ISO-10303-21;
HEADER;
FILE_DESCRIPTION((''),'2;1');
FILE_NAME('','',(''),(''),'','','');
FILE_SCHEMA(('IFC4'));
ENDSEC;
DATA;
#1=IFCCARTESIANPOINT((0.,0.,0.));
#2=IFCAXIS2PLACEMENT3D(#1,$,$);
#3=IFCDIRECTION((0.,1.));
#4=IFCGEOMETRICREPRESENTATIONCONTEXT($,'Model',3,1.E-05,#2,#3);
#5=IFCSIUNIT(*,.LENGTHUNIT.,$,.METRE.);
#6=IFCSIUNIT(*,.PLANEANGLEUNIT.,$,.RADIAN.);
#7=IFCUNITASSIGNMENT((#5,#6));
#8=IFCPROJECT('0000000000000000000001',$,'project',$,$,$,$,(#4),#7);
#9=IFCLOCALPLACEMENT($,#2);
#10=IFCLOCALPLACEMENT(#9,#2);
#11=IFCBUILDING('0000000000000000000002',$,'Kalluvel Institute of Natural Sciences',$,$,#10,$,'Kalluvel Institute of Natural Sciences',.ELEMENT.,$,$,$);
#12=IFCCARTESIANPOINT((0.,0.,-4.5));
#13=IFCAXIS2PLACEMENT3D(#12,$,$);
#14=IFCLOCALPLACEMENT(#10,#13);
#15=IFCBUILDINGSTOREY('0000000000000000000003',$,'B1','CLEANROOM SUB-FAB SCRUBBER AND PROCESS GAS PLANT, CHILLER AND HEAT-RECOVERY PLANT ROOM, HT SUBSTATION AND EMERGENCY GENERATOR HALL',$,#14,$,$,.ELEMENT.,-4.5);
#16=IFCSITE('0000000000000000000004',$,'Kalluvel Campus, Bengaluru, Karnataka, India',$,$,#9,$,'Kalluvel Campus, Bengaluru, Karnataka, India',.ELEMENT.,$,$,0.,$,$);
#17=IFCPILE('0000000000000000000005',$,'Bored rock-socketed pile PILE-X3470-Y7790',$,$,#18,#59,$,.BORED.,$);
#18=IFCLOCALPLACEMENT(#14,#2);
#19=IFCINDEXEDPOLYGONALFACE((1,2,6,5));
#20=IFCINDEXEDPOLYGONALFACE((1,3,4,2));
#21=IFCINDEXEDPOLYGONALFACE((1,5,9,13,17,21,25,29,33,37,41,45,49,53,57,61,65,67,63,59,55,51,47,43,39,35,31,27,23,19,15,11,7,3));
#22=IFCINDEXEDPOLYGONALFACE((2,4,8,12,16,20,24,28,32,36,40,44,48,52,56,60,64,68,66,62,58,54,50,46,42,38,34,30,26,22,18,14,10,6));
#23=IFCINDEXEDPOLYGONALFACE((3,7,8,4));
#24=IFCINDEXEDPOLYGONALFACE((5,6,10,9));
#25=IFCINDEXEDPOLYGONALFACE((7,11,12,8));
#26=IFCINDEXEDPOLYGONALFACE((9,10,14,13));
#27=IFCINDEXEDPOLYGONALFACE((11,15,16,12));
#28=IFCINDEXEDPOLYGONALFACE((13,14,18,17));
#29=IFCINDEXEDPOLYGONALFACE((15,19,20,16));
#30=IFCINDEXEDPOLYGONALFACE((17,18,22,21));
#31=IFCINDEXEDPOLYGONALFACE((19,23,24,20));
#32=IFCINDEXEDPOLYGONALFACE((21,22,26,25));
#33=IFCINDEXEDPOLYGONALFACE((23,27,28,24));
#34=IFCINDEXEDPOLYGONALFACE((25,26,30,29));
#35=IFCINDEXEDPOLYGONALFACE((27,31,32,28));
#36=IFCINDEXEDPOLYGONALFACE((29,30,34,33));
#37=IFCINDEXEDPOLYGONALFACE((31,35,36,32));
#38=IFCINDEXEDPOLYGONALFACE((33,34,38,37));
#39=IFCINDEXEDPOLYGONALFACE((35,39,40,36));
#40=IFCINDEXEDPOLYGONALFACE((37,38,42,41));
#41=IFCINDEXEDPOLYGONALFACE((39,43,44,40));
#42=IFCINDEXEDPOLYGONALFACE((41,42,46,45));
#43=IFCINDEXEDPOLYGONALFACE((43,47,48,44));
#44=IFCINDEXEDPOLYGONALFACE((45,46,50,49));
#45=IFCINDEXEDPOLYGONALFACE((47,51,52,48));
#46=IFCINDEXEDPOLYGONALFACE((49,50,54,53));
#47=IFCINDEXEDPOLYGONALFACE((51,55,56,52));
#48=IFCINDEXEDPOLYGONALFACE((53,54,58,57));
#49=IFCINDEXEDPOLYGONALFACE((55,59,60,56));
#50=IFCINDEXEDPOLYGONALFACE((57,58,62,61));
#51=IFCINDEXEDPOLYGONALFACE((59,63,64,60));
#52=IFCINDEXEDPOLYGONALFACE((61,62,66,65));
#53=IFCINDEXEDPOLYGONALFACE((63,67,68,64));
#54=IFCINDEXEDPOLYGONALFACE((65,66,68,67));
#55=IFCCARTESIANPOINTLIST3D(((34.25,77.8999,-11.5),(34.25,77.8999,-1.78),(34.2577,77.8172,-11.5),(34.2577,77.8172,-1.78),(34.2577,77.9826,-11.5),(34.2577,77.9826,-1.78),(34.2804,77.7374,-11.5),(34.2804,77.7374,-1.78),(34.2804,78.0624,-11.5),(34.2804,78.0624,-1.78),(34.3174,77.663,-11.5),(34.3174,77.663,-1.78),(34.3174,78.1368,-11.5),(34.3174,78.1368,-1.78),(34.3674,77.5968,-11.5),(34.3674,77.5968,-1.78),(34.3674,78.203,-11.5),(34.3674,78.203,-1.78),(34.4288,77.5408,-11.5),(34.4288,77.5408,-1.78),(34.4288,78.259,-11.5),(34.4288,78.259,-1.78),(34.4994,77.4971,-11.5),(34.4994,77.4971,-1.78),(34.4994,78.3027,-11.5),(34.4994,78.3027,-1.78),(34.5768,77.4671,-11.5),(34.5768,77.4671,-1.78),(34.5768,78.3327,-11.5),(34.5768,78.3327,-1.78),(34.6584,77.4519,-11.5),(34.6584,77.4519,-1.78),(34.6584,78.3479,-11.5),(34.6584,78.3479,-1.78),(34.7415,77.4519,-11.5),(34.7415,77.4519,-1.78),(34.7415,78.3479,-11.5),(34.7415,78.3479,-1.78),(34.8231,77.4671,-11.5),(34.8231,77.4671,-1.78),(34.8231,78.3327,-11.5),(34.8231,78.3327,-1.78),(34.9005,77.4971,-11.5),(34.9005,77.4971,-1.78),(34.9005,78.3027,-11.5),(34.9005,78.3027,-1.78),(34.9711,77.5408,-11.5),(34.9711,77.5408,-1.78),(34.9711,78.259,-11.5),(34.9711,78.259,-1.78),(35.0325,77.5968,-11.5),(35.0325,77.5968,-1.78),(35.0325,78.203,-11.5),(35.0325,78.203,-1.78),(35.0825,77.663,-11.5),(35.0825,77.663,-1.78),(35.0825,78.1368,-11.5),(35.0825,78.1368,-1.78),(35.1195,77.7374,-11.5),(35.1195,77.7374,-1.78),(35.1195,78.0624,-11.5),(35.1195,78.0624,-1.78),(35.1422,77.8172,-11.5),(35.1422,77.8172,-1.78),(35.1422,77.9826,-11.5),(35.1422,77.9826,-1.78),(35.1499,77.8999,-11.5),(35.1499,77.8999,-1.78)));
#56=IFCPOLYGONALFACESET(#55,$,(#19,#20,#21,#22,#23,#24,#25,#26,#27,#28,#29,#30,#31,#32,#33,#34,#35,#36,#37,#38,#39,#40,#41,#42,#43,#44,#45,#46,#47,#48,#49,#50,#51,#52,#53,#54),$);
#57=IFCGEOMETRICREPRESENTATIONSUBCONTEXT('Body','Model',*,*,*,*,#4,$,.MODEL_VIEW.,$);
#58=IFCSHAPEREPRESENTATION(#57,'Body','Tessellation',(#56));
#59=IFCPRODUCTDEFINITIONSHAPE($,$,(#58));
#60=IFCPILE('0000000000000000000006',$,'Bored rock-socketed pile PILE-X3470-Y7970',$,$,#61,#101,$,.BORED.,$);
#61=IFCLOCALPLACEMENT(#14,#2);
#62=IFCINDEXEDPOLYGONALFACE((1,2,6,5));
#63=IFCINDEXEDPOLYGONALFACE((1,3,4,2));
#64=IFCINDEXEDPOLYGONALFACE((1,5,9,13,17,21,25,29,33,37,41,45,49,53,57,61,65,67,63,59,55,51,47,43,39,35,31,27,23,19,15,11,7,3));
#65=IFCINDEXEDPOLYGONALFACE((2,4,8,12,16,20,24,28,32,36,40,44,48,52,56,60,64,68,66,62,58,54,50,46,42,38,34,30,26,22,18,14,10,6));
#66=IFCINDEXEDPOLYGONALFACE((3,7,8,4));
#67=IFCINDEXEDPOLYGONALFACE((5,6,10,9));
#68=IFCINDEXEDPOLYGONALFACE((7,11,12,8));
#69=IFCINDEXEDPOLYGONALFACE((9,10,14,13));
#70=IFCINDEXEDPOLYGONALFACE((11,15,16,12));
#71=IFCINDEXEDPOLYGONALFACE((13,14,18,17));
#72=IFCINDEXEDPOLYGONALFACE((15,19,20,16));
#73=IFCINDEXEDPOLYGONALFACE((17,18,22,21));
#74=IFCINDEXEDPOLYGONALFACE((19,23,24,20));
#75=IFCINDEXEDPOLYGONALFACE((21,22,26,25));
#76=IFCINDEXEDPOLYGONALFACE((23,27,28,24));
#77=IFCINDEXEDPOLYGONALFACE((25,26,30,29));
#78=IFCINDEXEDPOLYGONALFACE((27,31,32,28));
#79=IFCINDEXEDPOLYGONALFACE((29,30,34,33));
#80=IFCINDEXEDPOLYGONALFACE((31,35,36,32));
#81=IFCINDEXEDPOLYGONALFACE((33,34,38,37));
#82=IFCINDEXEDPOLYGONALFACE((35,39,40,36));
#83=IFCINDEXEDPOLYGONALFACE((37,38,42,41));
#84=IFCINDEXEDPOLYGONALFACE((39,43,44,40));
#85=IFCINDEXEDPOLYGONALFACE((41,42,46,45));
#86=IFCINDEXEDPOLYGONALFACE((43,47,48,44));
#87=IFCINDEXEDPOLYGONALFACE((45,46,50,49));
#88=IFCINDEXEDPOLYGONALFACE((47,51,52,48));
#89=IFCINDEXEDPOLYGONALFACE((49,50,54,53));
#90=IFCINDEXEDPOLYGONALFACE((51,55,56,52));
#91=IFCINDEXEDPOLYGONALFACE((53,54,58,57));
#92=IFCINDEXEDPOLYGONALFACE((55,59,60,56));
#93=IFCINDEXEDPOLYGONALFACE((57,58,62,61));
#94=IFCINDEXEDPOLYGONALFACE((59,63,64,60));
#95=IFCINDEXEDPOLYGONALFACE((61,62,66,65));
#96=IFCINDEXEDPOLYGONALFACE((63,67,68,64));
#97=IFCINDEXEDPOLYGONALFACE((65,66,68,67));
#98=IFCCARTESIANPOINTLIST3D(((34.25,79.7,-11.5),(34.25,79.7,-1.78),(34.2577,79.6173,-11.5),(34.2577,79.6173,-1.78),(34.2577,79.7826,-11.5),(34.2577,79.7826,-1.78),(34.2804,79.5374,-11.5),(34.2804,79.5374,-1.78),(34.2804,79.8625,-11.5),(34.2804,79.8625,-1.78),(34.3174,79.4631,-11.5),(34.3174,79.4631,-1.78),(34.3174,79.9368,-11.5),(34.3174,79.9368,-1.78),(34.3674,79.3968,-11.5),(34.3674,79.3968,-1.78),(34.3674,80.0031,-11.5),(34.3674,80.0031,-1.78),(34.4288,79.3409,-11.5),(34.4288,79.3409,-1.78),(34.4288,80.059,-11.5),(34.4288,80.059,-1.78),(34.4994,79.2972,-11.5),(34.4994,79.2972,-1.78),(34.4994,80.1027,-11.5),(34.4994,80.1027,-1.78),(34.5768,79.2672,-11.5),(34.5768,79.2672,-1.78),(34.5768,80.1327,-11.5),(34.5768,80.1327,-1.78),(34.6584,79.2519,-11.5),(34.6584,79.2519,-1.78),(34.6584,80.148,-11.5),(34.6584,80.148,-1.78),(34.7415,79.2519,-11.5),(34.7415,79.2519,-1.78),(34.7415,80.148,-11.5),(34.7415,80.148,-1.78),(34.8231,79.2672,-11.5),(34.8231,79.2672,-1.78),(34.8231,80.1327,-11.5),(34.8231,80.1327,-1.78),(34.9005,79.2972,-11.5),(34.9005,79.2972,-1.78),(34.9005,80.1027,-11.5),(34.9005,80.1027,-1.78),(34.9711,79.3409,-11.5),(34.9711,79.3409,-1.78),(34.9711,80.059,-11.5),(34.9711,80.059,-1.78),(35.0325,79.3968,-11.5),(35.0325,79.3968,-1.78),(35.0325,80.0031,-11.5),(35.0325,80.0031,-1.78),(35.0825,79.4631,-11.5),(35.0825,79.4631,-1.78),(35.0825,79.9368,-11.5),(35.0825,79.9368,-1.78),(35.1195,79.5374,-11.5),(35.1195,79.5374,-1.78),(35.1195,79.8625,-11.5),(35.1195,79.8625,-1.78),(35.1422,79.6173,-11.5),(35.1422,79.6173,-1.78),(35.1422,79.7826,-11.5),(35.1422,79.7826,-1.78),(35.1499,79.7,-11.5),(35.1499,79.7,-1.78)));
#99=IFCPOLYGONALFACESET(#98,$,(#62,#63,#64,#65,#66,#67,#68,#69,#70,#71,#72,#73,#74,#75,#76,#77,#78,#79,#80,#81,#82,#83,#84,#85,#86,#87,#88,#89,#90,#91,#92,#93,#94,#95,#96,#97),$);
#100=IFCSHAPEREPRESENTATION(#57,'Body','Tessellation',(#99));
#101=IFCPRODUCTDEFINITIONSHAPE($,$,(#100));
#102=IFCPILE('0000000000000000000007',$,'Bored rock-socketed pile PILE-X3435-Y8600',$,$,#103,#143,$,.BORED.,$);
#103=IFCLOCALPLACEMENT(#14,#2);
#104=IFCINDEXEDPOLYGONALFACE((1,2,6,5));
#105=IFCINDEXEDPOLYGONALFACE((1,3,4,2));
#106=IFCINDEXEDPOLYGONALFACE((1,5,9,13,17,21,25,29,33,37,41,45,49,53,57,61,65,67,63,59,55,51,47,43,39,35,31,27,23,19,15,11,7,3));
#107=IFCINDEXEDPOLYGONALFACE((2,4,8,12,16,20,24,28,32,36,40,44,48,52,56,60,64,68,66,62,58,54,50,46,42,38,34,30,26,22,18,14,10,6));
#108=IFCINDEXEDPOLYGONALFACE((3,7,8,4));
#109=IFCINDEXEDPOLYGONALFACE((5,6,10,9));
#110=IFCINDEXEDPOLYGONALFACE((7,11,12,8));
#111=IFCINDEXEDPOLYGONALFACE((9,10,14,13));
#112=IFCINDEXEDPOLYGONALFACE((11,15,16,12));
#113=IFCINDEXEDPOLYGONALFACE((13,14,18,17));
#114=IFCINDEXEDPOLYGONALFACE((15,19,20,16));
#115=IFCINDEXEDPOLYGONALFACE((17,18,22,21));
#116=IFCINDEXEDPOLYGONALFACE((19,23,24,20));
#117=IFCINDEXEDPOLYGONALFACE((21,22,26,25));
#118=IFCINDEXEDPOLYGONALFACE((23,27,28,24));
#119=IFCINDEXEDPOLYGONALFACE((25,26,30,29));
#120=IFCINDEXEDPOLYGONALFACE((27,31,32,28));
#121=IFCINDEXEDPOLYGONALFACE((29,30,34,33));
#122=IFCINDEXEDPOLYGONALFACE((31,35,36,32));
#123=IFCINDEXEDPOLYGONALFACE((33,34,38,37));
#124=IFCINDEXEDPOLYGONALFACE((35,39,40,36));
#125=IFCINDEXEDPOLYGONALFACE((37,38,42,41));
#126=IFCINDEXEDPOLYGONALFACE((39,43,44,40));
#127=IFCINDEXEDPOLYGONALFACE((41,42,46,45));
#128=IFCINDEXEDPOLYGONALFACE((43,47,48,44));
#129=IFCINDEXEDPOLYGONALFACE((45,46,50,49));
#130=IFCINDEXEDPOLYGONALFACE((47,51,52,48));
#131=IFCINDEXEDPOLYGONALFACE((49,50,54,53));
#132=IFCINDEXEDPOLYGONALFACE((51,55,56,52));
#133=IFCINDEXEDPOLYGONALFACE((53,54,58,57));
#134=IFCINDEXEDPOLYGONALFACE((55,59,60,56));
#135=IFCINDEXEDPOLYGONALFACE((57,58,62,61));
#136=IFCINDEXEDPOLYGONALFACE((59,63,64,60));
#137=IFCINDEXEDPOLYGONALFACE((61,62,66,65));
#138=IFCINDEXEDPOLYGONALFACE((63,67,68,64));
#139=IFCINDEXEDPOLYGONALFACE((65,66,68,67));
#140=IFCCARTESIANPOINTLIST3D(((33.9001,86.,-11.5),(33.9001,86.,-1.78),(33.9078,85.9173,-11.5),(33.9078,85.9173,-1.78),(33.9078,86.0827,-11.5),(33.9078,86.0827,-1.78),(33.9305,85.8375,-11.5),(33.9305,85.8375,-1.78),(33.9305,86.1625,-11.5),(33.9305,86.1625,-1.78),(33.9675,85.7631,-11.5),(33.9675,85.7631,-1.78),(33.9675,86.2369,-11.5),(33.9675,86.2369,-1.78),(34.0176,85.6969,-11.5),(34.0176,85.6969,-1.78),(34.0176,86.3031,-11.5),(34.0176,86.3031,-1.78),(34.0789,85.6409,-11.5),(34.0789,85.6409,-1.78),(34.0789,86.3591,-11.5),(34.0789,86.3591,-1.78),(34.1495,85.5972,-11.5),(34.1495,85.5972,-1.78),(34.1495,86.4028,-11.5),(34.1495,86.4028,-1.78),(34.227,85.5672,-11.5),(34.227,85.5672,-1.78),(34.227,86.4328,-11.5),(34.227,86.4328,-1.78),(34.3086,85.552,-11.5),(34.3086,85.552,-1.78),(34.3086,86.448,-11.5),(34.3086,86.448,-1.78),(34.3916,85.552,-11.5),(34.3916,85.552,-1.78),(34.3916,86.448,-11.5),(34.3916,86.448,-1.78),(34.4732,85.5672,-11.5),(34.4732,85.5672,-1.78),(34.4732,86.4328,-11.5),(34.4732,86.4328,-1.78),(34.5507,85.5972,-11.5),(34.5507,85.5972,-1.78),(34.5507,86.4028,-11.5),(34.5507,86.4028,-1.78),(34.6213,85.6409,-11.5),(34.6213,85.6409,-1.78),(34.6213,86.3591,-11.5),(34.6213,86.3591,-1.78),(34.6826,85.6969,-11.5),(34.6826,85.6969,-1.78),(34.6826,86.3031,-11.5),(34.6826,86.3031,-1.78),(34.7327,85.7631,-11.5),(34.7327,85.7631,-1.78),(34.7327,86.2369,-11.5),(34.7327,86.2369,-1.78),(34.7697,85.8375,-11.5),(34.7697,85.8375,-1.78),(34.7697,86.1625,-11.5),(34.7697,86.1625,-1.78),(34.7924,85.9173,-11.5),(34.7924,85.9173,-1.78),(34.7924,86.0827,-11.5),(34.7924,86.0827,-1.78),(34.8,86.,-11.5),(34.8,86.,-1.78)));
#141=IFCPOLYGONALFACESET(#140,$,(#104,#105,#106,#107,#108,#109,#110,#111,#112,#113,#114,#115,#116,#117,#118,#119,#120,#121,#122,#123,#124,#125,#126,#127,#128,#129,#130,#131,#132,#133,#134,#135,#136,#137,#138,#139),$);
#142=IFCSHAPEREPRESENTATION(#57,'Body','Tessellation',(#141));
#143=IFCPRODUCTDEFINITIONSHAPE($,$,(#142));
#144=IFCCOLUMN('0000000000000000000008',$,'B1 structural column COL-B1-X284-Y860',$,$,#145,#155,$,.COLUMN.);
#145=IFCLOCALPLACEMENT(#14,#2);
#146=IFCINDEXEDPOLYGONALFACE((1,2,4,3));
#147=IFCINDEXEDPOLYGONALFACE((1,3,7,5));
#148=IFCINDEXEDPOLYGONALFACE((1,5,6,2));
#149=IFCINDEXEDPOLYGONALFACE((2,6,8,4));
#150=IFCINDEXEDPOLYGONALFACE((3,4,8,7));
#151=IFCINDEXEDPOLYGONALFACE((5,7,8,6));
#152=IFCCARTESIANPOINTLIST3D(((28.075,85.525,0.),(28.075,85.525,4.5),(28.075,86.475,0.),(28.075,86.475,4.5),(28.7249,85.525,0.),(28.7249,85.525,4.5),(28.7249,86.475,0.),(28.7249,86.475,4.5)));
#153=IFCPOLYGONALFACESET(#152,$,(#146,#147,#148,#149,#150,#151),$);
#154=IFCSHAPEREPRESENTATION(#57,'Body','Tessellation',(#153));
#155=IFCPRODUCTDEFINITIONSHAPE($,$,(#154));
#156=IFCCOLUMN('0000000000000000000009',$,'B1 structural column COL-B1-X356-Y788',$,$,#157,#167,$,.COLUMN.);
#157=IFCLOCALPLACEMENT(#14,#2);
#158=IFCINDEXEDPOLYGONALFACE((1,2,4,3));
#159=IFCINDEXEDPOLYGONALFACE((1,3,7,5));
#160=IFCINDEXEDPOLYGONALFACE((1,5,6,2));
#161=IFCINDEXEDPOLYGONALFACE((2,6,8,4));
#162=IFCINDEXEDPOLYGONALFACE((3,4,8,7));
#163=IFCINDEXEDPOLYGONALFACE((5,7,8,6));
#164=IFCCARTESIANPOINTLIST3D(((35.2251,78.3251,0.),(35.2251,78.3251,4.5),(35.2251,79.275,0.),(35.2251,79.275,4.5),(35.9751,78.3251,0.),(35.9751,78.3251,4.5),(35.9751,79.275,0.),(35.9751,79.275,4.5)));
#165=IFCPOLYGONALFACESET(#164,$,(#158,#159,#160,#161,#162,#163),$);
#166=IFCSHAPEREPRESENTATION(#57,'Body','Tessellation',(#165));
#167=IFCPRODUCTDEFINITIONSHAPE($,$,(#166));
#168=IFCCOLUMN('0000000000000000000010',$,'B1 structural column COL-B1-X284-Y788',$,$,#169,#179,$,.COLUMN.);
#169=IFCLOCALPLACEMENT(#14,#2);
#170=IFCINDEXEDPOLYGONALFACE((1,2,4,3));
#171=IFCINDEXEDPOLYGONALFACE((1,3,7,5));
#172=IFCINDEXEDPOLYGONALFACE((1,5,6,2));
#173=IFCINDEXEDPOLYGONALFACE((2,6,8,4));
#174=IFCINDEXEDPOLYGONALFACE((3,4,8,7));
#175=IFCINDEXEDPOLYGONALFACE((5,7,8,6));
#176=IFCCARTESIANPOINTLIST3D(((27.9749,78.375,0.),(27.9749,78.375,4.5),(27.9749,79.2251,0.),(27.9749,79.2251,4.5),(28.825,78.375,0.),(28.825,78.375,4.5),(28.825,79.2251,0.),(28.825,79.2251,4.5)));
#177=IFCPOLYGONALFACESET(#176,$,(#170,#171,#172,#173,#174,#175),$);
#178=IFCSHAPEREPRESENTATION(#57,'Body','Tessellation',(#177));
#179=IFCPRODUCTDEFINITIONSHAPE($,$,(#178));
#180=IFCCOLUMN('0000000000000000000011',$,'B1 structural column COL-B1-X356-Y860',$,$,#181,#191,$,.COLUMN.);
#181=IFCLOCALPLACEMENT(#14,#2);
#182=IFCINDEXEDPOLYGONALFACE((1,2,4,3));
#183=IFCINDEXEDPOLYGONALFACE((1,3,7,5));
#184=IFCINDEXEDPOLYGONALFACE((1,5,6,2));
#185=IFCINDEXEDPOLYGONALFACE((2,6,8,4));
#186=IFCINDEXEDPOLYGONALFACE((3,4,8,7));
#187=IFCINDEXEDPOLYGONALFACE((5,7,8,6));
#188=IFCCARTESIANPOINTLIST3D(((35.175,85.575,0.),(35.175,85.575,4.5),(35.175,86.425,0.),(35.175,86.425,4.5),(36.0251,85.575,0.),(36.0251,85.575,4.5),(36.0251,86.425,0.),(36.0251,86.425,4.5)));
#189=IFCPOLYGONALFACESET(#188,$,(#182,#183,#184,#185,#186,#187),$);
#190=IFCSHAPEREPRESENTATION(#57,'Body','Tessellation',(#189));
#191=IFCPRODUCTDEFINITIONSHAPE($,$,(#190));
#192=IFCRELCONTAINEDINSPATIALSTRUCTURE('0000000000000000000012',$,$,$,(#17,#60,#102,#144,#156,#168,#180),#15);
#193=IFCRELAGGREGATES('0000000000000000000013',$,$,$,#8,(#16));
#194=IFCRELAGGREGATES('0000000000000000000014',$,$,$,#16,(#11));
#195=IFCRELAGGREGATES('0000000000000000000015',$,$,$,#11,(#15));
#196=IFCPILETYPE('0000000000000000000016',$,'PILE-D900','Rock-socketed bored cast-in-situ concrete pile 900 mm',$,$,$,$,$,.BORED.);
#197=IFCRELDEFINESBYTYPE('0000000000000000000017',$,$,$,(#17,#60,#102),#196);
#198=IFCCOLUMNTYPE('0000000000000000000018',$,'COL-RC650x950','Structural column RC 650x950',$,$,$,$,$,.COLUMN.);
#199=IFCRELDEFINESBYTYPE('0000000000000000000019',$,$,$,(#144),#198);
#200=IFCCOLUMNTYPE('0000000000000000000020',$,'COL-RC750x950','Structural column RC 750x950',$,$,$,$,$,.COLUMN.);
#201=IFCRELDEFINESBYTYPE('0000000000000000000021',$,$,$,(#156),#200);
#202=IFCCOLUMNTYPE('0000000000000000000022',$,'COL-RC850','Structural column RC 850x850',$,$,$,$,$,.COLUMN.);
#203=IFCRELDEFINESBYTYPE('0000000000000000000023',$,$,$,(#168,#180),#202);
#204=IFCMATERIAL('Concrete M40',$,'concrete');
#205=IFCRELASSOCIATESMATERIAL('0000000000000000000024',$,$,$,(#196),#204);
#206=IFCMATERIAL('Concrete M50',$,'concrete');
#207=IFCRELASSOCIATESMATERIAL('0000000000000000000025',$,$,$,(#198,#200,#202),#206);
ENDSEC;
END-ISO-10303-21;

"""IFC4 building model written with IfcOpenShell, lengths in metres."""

from ifc_helpers import new_model, si_unit, direction, frame, origin, origin_2d, place, context, subcontext, project, spatial, rectangle, circle, extrude, material, material_profile, profile_set, type_object, element, save


model = new_model("IFC4")

# Units and contexts
model_context = context("Model", 3, precision=1e-05, world=origin(), true_north=direction((0.0, 1.0)))
body_context = subcontext(model_context, "Body", "Model", "MODEL_VIEW")
ifc_project = project(units=[si_unit("LENGTHUNIT", "METRE"), si_unit("PLANEANGLEUNIT", "RADIAN")], contexts=[model_context])

# Site, building, storey
site_placement = place(None, origin())
site = spatial("IfcSite", under=ifc_project, at=site_placement, Name="Kalluvel Campus, Bengaluru, Karnataka, India", LongName="Kalluvel Campus, Bengaluru, Karnataka, India", CompositionType="ELEMENT", RefElevation=0.0)
building_placement = place(site_placement, origin())
building = spatial("IfcBuilding", under=site, at=building_placement, Name="Kalluvel Institute of Natural Sciences", LongName="Kalluvel Institute of Natural Sciences", CompositionType="ELEMENT")
storey_placement = place(building_placement, frame((0.0, 0.0, -4.5)))
storey = spatial("IfcBuildingStorey", under=building, at=storey_placement, Name="B1", Description="CLEANROOM SUB-FAB SCRUBBER AND PROCESS GAS PLANT, CHILLER AND HEAT-RECOVERY PLANT ROOM, HT SUBSTATION AND EMERGENCY GENERATOR HALL", CompositionType="ELEMENT", Elevation=-4.5)

# Shared definitions
ifc_material_1 = material(Name="Concrete M40", Category="concrete")

# Piles
ifc_material_profile_1 = material_profile(ifc_material_1, circle(Radius=0.45, at=origin_2d()), Name="PILE D900")
ifc_profile_set_1 = profile_set([ifc_material_profile_1], Name="Concrete M40")
pile_type_1 = type_object("IfcPileType", Name="PILE-D900", Description="Rock-socketed bored cast-in-situ concrete pile 900 mm", PredefinedType="BORED", material=ifc_profile_set_1)
for number, where, z_axis, x_axis, name in (
    (1, (34.7, 77.8999, -1.78), (0.0, 0.0, -1.0), (1.0, 0.0, 0.0), "Bored rock-socketed pile PILE-X3470-Y7790"),
    (2, (34.7, 79.7, -1.78), (0.0, 0.0, -1.0), (1.0, 0.0, 0.0), "Bored rock-socketed pile PILE-X3470-Y7970"),
    (3, (34.3501, 86.0, -1.78), (0.0, 0.0, -1.0), (1.0, 0.0, 0.0), "Bored rock-socketed pile PILE-X3435-Y8600"),
):
    element("IfcPile", number, at=place(storey_placement, frame(where, z_axis=z_axis, x_axis=x_axis)), inside=storey, type_object=pile_type_1, Name=name, PredefinedType="BORED", context=body_context, shape_type="SweptSolid", body=[
        extrude(circle(Radius=0.45, at=origin_2d()), origin(), (0.0, 0.0, 1.0), 9.72),
    ])

# Columns
ifc_material_2 = material(Name="Concrete M50", Category="concrete")
ifc_material_profile_2 = material_profile(ifc_material_2, rectangle(XDim=0.6499, YDim=0.95, at=origin_2d()), Name="RC 650x950")
ifc_profile_set_2 = profile_set([ifc_material_profile_2], Name="Concrete M50")
column_type_1 = type_object("IfcColumnType", Name="COL-RC650x950", Description="Structural column RC 650x950", PredefinedType="COLUMN", material=ifc_profile_set_2)
column_1_placement = place(storey_placement, frame((28.3999, 86.0, 0.0), z_axis=(0.0, 0.0, 1.0), x_axis=(1.0, 0.0, 0.0)))
element("IfcColumn", 4, at=column_1_placement, inside=storey, type_object=column_type_1, Name="B1 structural column COL-B1-X284-Y860", PredefinedType="COLUMN", context=body_context, shape_type="SweptSolid", body=[
    extrude(rectangle(XDim=0.6499, YDim=0.95, at=origin_2d()), origin(), (0.0, 0.0, 1.0), 4.5),
])
ifc_material_profile_3 = material_profile(ifc_material_2, rectangle(XDim=0.75, YDim=0.95, at=origin_2d()), Name="RC 750x950")
ifc_profile_set_3 = profile_set([ifc_material_profile_3], Name="Concrete M50")
column_type_2 = type_object("IfcColumnType", Name="COL-RC750x950", Description="Structural column RC 750x950", PredefinedType="COLUMN", material=ifc_profile_set_3)
column_2_placement = place(storey_placement, frame((35.6001, 78.8, 0.0), z_axis=(0.0, 0.0, 1.0), x_axis=(1.0, 0.0, 0.0)))
element("IfcColumn", 5, at=column_2_placement, inside=storey, type_object=column_type_2, Name="B1 structural column COL-B1-X356-Y788", PredefinedType="COLUMN", context=body_context, shape_type="SweptSolid", body=[
    extrude(rectangle(XDim=0.75, YDim=0.95, at=origin_2d()), origin(), (0.0, 0.0, 1.0), 4.5),
])
ifc_material_profile_4 = material_profile(ifc_material_2, rectangle(XDim=0.8501, YDim=0.8501, at=origin_2d()), Name="RC 850x850")
ifc_profile_set_4 = profile_set([ifc_material_profile_4], Name="Concrete M50")
column_type_3 = type_object("IfcColumnType", Name="COL-RC850", Description="Structural column RC 850x850", PredefinedType="COLUMN", material=ifc_profile_set_4)
for number, where, z_axis, x_axis, name in (
    (6, (28.3999, 78.8, 0.0), (0.0, 0.0, 1.0), (1.0, 0.0, 0.0), "B1 structural column COL-B1-X284-Y788"),
    (7, (35.6001, 86.0, 0.0), (0.0, 0.0, 1.0), (1.0, 0.0, 0.0), "B1 structural column COL-B1-X356-Y860"),
):
    element("IfcColumn", number, at=place(storey_placement, frame(where, z_axis=z_axis, x_axis=x_axis)), inside=storey, type_object=column_type_3, Name=name, PredefinedType="COLUMN", context=body_context, shape_type="SweptSolid", body=[
        extrude(rectangle(XDim=0.8501, YDim=0.8501, at=origin_2d()), origin(), (0.0, 0.0, 1.0), 4.5),
    ])

save(model, "model.ifc")
